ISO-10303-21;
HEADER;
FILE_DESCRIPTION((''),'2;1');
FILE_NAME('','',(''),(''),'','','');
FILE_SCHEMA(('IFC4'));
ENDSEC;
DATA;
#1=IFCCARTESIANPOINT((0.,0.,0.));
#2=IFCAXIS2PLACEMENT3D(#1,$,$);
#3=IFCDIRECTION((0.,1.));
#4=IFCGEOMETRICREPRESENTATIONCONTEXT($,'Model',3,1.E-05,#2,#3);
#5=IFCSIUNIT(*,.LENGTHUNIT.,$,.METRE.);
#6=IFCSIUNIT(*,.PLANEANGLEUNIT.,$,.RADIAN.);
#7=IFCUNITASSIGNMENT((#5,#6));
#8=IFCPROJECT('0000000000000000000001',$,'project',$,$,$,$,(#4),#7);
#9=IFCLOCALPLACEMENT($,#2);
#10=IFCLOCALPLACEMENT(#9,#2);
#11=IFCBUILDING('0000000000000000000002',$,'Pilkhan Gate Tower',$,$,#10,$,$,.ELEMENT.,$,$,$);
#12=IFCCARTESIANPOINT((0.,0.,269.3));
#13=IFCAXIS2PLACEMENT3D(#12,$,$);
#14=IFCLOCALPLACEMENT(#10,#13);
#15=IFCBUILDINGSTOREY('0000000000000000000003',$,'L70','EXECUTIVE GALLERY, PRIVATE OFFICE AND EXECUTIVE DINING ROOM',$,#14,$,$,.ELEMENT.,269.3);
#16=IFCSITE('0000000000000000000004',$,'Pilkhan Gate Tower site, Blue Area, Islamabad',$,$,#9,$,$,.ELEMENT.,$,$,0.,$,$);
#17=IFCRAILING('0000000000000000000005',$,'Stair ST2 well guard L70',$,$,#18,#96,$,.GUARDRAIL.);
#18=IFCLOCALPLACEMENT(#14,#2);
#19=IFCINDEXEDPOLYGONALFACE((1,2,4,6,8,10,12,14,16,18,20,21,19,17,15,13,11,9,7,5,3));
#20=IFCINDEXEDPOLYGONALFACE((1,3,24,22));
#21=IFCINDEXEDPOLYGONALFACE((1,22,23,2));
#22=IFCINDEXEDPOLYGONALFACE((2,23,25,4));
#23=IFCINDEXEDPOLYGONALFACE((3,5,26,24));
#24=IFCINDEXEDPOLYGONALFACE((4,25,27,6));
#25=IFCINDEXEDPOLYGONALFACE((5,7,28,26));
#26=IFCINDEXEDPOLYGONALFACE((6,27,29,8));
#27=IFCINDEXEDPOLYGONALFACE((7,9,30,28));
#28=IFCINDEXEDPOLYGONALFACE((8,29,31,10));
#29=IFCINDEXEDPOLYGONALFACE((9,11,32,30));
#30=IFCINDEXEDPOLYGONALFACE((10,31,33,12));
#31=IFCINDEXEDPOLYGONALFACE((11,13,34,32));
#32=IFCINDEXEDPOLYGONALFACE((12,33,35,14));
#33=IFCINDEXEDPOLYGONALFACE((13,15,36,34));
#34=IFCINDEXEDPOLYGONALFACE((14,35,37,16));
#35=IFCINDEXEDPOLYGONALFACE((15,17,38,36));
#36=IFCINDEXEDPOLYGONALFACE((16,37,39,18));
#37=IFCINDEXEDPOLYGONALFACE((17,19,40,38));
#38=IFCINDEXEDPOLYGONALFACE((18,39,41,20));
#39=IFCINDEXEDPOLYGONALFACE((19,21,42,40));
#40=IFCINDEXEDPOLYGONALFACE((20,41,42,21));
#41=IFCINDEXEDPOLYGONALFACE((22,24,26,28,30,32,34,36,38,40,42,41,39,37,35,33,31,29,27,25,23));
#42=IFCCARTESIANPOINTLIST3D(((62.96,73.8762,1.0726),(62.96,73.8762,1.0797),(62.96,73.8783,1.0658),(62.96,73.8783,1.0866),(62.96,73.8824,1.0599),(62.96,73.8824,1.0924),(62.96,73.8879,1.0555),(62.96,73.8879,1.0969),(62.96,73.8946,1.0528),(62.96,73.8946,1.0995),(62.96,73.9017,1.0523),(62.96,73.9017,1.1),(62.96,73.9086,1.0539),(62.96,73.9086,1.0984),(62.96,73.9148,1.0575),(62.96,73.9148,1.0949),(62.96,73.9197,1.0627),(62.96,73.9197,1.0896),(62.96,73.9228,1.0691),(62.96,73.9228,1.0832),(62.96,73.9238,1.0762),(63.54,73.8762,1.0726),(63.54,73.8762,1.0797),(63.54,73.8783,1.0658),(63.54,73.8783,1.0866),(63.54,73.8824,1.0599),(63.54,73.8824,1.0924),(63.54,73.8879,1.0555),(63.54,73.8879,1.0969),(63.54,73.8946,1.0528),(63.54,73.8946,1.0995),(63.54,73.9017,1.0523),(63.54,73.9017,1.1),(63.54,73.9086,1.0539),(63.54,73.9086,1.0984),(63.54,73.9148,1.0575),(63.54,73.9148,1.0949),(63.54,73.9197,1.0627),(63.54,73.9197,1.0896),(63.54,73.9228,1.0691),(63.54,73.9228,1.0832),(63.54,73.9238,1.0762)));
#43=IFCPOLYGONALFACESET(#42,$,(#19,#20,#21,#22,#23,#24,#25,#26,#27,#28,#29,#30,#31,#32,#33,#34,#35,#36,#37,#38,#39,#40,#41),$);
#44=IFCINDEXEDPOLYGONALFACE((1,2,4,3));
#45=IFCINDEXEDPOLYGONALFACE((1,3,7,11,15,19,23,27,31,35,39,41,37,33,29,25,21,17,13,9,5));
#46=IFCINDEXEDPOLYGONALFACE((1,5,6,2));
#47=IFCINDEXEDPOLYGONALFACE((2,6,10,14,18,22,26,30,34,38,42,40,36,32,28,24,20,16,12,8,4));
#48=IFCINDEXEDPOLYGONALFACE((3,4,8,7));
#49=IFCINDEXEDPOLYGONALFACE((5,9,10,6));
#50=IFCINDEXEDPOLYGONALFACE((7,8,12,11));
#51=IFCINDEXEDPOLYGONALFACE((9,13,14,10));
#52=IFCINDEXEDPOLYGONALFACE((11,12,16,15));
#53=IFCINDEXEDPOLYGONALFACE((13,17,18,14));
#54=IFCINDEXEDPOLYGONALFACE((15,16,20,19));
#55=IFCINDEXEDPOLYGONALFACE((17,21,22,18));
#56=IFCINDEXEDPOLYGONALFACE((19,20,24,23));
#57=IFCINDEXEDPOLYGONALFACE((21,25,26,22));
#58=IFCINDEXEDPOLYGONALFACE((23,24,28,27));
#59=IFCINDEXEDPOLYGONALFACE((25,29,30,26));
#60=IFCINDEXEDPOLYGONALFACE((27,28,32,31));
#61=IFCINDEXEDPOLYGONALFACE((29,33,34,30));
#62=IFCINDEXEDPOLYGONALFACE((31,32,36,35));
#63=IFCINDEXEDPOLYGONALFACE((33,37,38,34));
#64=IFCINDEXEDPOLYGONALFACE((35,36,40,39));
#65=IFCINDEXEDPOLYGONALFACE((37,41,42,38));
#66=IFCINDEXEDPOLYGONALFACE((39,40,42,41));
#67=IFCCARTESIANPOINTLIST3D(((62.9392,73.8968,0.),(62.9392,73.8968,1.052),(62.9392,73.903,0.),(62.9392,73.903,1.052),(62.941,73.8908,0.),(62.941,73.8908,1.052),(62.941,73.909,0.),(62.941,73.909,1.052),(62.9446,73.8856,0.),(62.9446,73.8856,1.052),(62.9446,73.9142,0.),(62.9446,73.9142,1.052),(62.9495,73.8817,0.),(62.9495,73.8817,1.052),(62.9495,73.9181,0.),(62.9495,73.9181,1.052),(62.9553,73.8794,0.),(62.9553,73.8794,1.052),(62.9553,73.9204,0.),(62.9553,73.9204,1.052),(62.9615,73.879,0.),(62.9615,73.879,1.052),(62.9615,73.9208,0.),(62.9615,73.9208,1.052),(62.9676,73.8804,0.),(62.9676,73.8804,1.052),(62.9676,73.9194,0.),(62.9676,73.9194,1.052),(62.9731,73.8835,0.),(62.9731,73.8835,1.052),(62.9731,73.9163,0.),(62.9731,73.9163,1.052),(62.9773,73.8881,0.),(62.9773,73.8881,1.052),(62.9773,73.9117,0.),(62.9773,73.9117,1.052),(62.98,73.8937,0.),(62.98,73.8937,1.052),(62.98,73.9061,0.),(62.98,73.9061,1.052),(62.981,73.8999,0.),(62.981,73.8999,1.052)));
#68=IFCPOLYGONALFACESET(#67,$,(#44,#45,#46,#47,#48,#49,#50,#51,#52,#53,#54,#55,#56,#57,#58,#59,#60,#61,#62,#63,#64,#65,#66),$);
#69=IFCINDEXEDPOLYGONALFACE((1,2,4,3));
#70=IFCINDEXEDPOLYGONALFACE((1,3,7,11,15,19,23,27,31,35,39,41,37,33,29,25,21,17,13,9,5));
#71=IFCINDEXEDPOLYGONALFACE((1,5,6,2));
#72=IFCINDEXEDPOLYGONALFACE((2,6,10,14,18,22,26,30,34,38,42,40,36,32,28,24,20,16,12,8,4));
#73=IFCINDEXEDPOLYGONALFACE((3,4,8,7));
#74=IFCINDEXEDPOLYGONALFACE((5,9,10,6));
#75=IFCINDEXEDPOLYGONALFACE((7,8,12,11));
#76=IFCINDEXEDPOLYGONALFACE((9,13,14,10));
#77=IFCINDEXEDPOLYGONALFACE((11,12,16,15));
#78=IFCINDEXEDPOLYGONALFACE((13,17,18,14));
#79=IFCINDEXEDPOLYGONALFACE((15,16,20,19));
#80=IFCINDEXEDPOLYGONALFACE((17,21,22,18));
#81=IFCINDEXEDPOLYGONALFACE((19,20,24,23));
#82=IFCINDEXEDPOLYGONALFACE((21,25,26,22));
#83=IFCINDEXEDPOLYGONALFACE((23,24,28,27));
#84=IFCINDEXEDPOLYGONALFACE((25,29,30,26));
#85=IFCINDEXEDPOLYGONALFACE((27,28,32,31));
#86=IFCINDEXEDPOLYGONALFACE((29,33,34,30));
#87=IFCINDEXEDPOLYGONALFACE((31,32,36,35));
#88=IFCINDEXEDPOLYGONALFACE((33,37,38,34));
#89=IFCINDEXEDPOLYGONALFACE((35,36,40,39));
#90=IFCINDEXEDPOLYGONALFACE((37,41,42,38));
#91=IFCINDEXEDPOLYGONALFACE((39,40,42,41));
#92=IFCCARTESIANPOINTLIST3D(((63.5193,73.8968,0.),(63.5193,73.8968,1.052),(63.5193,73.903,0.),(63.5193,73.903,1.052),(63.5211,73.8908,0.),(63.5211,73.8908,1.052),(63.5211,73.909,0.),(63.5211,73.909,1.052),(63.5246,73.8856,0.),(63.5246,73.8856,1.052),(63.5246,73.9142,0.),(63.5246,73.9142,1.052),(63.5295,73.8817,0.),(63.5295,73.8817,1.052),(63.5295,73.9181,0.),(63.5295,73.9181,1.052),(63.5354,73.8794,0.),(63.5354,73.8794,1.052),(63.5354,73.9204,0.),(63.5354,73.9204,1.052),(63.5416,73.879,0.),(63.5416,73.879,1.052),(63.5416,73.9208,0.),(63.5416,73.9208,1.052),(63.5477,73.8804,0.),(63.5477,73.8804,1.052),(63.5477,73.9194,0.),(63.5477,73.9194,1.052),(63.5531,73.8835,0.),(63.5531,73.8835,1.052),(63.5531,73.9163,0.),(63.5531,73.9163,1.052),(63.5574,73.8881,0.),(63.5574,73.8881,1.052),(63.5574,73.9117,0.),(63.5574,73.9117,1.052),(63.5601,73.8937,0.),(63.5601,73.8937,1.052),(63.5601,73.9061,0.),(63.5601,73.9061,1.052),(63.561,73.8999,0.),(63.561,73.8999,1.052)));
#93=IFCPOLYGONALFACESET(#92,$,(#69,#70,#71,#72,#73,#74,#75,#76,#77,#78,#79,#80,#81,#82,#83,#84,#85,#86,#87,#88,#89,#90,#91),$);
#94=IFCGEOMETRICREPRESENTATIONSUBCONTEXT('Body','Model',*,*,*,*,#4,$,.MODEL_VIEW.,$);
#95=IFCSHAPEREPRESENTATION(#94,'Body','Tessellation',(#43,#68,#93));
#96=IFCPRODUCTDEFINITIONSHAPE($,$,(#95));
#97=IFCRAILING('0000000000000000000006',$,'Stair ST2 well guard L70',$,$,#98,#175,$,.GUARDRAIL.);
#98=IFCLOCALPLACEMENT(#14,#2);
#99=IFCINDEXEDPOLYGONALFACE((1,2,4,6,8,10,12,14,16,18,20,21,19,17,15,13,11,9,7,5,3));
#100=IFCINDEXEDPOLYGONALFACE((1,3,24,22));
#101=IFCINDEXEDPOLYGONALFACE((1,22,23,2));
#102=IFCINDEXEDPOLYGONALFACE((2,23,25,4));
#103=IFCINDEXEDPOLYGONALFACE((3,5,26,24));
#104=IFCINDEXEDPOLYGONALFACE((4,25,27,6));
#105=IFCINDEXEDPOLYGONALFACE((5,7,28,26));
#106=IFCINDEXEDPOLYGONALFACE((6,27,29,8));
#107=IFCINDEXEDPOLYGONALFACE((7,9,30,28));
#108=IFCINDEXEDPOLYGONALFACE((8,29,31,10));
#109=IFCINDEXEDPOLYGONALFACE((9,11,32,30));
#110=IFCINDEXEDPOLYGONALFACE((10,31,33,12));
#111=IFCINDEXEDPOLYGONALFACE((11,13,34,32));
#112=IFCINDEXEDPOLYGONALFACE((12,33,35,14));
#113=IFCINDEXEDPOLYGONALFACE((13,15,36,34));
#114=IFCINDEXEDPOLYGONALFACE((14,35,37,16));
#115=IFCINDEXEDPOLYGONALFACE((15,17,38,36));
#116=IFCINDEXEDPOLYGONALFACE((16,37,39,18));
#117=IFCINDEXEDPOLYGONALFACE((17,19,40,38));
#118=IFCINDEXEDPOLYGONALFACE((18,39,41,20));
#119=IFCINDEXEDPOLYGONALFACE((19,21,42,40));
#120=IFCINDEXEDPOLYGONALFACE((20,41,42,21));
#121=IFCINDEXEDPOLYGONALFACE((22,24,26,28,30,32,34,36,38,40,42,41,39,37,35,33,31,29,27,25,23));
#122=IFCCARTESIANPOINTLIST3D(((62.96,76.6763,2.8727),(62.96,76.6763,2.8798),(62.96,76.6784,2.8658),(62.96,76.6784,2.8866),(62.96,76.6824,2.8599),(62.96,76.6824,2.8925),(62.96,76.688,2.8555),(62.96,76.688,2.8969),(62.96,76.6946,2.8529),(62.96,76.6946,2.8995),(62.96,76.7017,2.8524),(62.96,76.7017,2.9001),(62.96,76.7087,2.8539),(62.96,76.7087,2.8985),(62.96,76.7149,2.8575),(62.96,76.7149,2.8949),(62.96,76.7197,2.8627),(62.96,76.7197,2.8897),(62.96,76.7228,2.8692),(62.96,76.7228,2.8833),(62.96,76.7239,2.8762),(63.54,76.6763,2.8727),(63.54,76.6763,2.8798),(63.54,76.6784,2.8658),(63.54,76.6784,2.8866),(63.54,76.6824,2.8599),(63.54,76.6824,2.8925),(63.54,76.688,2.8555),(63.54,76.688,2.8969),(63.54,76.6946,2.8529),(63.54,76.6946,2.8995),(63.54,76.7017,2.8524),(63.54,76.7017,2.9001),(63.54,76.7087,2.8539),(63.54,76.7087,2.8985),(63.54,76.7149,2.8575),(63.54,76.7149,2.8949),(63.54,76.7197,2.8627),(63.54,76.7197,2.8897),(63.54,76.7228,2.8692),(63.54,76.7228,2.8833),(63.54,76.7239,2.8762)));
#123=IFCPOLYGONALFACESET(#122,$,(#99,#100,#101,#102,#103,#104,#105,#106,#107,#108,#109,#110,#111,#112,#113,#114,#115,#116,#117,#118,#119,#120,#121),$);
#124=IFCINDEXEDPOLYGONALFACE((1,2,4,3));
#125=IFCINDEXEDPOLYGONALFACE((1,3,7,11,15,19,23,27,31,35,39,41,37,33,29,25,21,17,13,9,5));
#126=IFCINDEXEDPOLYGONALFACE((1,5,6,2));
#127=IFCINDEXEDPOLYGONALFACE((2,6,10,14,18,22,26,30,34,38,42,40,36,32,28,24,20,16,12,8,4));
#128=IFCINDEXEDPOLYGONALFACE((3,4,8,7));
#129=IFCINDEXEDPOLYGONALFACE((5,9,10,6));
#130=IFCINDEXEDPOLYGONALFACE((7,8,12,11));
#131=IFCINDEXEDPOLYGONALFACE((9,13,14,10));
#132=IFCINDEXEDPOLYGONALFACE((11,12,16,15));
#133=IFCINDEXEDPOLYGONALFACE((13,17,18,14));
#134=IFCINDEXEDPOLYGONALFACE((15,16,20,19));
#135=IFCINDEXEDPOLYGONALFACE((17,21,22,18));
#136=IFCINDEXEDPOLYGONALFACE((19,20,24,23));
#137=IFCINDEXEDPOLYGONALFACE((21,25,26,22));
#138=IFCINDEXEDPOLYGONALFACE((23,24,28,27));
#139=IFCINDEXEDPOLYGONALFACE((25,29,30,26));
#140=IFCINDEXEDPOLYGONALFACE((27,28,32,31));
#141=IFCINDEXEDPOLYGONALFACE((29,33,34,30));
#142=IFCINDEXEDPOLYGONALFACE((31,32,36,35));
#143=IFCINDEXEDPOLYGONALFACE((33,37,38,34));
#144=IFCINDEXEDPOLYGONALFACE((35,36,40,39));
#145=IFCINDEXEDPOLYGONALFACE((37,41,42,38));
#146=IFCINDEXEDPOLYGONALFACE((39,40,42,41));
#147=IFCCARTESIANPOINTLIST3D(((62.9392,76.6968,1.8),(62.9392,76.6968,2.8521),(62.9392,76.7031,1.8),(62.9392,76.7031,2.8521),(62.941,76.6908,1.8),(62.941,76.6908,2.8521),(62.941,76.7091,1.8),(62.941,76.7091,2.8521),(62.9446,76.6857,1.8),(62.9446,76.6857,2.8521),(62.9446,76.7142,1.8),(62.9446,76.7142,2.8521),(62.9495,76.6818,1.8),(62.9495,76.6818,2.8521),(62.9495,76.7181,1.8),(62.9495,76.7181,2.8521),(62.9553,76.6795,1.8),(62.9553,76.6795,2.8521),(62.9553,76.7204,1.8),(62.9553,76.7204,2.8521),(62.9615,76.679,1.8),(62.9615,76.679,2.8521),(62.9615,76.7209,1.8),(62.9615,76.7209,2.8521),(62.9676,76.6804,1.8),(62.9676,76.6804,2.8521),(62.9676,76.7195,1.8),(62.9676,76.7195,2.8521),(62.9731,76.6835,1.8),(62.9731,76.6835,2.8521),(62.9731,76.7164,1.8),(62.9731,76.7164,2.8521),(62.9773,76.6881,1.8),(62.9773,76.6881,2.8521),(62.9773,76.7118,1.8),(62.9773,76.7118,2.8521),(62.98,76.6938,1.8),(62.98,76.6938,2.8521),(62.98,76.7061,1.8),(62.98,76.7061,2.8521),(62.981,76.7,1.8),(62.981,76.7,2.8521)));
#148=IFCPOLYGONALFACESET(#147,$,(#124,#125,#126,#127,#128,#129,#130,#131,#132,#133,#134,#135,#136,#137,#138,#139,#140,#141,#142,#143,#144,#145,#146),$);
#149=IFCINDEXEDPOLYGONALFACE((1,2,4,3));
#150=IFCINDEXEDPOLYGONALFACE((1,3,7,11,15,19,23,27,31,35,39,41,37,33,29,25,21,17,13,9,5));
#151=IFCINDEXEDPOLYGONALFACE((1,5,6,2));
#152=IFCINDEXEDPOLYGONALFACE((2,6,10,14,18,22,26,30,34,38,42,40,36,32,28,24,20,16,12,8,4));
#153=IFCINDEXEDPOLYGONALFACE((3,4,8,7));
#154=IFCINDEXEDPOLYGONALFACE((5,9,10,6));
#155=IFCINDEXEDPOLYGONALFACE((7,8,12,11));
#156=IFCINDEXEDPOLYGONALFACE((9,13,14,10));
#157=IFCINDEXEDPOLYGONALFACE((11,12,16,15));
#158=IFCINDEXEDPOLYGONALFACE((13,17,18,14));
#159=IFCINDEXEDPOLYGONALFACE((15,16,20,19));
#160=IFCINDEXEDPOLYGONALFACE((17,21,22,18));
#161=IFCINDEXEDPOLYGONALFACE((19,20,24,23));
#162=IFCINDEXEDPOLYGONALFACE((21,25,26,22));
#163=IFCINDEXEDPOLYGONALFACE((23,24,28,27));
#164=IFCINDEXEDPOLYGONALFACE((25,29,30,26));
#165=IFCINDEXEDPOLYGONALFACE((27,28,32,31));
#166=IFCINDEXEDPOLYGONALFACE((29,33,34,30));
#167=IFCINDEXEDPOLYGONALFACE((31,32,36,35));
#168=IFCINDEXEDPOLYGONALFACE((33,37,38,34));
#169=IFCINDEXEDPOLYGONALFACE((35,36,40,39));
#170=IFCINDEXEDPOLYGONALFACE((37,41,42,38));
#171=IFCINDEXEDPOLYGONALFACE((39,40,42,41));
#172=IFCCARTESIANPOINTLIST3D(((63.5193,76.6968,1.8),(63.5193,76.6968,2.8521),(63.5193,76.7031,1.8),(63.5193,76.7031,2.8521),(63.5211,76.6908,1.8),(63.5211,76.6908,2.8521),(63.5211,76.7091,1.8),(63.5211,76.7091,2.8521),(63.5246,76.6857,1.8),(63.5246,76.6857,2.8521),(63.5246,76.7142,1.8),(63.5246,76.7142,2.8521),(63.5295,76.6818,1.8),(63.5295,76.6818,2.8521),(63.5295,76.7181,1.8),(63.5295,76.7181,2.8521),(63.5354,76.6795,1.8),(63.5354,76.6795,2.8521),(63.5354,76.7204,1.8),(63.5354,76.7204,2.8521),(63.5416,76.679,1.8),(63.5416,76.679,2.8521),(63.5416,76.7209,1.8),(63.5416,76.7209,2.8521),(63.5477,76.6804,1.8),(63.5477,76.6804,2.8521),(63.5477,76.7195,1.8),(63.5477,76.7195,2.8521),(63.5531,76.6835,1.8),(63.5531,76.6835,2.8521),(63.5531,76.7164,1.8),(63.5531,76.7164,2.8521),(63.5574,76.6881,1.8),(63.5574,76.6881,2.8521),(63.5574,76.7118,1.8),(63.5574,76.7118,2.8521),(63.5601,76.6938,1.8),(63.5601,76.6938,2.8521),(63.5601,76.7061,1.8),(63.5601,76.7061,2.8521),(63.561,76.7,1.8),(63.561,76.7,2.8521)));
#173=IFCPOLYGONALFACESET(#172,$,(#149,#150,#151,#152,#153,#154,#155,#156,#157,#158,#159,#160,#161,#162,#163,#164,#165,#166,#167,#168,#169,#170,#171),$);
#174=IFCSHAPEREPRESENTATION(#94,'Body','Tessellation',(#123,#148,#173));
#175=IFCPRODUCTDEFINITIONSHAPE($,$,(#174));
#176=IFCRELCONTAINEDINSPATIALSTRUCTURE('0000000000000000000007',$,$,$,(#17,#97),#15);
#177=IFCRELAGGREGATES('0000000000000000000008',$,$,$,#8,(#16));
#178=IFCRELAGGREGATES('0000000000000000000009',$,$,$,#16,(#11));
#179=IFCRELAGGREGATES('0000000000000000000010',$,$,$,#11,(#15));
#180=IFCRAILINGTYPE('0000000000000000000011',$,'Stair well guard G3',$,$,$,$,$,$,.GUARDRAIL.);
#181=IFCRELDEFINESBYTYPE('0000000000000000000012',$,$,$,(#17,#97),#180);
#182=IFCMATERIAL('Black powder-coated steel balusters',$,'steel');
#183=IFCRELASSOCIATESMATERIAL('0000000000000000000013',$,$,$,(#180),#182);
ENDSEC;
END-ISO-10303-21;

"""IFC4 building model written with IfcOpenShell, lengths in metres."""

from ifc_helpers import new_model, si_unit, direction, frame, origin, origin_2d, place, context, subcontext, project, spatial, circle, extrude, material, type_object, element, save


model = new_model("IFC4")

# Units and contexts
model_context = context("Model", 3, precision=1e-05, world=origin(), true_north=direction((0.0, 1.0)))
body_context = subcontext(model_context, "Body", "Model", "MODEL_VIEW")
ifc_project = project(units=[si_unit("LENGTHUNIT", "METRE"), si_unit("PLANEANGLEUNIT", "RADIAN")], contexts=[model_context])

# Site, building, storey
site_placement = place(None, origin())
site = spatial("IfcSite", under=ifc_project, at=site_placement, Name="Pilkhan Gate Tower site, Blue Area, Islamabad", CompositionType="ELEMENT", RefElevation=0.0)
building_placement = place(site_placement, origin())
building = spatial("IfcBuilding", under=site, at=building_placement, Name="Pilkhan Gate Tower", CompositionType="ELEMENT")
storey_placement = place(building_placement, frame((0.0, 0.0, 269.3)))
storey = spatial("IfcBuildingStorey", under=building, at=storey_placement, Name="L70", Description="EXECUTIVE GALLERY, PRIVATE OFFICE AND EXECUTIVE DINING ROOM", CompositionType="ELEMENT", Elevation=269.3)

# Railings
ifc_material_1 = material(Name="Black powder-coated steel balusters", Category="steel")
railing_type_1 = type_object("IfcRailingType", Name="Stair well guard G3", PredefinedType="GUARDRAIL", material=ifc_material_1)
for number, where, name in (
    (1, (62.96, 73.8999, 0.0), "Stair ST2 well guard L70"),
    (2, (62.96, 76.7, 1.8), "Stair ST2 well guard L70"),
):
    element("IfcRailing", number, at=place(storey_placement, frame(where)), inside=storey, type_object=railing_type_1, Name=name, PredefinedType="GUARDRAIL", context=body_context, shape_type="SweptSolid", body=[
        extrude(circle(Radius=0.0239, at=origin_2d()), frame((0.0, 0.0, 1.0762), z_axis=(1.0, 0.0, 0.0), x_axis=(0.0, 1.0, 0.0)), (0.0, 0.0, 1.0), 0.5801),
        extrude(circle(Radius=0.021, at=origin_2d()), origin(), (0.0, 0.0, 1.0), 1.052),
        extrude(circle(Radius=0.021, at=origin_2d()), frame((0.5801, 0.0, 0.0)), (0.0, 0.0, 1.0), 1.052),
    ])

save(model, "model.ifc")
